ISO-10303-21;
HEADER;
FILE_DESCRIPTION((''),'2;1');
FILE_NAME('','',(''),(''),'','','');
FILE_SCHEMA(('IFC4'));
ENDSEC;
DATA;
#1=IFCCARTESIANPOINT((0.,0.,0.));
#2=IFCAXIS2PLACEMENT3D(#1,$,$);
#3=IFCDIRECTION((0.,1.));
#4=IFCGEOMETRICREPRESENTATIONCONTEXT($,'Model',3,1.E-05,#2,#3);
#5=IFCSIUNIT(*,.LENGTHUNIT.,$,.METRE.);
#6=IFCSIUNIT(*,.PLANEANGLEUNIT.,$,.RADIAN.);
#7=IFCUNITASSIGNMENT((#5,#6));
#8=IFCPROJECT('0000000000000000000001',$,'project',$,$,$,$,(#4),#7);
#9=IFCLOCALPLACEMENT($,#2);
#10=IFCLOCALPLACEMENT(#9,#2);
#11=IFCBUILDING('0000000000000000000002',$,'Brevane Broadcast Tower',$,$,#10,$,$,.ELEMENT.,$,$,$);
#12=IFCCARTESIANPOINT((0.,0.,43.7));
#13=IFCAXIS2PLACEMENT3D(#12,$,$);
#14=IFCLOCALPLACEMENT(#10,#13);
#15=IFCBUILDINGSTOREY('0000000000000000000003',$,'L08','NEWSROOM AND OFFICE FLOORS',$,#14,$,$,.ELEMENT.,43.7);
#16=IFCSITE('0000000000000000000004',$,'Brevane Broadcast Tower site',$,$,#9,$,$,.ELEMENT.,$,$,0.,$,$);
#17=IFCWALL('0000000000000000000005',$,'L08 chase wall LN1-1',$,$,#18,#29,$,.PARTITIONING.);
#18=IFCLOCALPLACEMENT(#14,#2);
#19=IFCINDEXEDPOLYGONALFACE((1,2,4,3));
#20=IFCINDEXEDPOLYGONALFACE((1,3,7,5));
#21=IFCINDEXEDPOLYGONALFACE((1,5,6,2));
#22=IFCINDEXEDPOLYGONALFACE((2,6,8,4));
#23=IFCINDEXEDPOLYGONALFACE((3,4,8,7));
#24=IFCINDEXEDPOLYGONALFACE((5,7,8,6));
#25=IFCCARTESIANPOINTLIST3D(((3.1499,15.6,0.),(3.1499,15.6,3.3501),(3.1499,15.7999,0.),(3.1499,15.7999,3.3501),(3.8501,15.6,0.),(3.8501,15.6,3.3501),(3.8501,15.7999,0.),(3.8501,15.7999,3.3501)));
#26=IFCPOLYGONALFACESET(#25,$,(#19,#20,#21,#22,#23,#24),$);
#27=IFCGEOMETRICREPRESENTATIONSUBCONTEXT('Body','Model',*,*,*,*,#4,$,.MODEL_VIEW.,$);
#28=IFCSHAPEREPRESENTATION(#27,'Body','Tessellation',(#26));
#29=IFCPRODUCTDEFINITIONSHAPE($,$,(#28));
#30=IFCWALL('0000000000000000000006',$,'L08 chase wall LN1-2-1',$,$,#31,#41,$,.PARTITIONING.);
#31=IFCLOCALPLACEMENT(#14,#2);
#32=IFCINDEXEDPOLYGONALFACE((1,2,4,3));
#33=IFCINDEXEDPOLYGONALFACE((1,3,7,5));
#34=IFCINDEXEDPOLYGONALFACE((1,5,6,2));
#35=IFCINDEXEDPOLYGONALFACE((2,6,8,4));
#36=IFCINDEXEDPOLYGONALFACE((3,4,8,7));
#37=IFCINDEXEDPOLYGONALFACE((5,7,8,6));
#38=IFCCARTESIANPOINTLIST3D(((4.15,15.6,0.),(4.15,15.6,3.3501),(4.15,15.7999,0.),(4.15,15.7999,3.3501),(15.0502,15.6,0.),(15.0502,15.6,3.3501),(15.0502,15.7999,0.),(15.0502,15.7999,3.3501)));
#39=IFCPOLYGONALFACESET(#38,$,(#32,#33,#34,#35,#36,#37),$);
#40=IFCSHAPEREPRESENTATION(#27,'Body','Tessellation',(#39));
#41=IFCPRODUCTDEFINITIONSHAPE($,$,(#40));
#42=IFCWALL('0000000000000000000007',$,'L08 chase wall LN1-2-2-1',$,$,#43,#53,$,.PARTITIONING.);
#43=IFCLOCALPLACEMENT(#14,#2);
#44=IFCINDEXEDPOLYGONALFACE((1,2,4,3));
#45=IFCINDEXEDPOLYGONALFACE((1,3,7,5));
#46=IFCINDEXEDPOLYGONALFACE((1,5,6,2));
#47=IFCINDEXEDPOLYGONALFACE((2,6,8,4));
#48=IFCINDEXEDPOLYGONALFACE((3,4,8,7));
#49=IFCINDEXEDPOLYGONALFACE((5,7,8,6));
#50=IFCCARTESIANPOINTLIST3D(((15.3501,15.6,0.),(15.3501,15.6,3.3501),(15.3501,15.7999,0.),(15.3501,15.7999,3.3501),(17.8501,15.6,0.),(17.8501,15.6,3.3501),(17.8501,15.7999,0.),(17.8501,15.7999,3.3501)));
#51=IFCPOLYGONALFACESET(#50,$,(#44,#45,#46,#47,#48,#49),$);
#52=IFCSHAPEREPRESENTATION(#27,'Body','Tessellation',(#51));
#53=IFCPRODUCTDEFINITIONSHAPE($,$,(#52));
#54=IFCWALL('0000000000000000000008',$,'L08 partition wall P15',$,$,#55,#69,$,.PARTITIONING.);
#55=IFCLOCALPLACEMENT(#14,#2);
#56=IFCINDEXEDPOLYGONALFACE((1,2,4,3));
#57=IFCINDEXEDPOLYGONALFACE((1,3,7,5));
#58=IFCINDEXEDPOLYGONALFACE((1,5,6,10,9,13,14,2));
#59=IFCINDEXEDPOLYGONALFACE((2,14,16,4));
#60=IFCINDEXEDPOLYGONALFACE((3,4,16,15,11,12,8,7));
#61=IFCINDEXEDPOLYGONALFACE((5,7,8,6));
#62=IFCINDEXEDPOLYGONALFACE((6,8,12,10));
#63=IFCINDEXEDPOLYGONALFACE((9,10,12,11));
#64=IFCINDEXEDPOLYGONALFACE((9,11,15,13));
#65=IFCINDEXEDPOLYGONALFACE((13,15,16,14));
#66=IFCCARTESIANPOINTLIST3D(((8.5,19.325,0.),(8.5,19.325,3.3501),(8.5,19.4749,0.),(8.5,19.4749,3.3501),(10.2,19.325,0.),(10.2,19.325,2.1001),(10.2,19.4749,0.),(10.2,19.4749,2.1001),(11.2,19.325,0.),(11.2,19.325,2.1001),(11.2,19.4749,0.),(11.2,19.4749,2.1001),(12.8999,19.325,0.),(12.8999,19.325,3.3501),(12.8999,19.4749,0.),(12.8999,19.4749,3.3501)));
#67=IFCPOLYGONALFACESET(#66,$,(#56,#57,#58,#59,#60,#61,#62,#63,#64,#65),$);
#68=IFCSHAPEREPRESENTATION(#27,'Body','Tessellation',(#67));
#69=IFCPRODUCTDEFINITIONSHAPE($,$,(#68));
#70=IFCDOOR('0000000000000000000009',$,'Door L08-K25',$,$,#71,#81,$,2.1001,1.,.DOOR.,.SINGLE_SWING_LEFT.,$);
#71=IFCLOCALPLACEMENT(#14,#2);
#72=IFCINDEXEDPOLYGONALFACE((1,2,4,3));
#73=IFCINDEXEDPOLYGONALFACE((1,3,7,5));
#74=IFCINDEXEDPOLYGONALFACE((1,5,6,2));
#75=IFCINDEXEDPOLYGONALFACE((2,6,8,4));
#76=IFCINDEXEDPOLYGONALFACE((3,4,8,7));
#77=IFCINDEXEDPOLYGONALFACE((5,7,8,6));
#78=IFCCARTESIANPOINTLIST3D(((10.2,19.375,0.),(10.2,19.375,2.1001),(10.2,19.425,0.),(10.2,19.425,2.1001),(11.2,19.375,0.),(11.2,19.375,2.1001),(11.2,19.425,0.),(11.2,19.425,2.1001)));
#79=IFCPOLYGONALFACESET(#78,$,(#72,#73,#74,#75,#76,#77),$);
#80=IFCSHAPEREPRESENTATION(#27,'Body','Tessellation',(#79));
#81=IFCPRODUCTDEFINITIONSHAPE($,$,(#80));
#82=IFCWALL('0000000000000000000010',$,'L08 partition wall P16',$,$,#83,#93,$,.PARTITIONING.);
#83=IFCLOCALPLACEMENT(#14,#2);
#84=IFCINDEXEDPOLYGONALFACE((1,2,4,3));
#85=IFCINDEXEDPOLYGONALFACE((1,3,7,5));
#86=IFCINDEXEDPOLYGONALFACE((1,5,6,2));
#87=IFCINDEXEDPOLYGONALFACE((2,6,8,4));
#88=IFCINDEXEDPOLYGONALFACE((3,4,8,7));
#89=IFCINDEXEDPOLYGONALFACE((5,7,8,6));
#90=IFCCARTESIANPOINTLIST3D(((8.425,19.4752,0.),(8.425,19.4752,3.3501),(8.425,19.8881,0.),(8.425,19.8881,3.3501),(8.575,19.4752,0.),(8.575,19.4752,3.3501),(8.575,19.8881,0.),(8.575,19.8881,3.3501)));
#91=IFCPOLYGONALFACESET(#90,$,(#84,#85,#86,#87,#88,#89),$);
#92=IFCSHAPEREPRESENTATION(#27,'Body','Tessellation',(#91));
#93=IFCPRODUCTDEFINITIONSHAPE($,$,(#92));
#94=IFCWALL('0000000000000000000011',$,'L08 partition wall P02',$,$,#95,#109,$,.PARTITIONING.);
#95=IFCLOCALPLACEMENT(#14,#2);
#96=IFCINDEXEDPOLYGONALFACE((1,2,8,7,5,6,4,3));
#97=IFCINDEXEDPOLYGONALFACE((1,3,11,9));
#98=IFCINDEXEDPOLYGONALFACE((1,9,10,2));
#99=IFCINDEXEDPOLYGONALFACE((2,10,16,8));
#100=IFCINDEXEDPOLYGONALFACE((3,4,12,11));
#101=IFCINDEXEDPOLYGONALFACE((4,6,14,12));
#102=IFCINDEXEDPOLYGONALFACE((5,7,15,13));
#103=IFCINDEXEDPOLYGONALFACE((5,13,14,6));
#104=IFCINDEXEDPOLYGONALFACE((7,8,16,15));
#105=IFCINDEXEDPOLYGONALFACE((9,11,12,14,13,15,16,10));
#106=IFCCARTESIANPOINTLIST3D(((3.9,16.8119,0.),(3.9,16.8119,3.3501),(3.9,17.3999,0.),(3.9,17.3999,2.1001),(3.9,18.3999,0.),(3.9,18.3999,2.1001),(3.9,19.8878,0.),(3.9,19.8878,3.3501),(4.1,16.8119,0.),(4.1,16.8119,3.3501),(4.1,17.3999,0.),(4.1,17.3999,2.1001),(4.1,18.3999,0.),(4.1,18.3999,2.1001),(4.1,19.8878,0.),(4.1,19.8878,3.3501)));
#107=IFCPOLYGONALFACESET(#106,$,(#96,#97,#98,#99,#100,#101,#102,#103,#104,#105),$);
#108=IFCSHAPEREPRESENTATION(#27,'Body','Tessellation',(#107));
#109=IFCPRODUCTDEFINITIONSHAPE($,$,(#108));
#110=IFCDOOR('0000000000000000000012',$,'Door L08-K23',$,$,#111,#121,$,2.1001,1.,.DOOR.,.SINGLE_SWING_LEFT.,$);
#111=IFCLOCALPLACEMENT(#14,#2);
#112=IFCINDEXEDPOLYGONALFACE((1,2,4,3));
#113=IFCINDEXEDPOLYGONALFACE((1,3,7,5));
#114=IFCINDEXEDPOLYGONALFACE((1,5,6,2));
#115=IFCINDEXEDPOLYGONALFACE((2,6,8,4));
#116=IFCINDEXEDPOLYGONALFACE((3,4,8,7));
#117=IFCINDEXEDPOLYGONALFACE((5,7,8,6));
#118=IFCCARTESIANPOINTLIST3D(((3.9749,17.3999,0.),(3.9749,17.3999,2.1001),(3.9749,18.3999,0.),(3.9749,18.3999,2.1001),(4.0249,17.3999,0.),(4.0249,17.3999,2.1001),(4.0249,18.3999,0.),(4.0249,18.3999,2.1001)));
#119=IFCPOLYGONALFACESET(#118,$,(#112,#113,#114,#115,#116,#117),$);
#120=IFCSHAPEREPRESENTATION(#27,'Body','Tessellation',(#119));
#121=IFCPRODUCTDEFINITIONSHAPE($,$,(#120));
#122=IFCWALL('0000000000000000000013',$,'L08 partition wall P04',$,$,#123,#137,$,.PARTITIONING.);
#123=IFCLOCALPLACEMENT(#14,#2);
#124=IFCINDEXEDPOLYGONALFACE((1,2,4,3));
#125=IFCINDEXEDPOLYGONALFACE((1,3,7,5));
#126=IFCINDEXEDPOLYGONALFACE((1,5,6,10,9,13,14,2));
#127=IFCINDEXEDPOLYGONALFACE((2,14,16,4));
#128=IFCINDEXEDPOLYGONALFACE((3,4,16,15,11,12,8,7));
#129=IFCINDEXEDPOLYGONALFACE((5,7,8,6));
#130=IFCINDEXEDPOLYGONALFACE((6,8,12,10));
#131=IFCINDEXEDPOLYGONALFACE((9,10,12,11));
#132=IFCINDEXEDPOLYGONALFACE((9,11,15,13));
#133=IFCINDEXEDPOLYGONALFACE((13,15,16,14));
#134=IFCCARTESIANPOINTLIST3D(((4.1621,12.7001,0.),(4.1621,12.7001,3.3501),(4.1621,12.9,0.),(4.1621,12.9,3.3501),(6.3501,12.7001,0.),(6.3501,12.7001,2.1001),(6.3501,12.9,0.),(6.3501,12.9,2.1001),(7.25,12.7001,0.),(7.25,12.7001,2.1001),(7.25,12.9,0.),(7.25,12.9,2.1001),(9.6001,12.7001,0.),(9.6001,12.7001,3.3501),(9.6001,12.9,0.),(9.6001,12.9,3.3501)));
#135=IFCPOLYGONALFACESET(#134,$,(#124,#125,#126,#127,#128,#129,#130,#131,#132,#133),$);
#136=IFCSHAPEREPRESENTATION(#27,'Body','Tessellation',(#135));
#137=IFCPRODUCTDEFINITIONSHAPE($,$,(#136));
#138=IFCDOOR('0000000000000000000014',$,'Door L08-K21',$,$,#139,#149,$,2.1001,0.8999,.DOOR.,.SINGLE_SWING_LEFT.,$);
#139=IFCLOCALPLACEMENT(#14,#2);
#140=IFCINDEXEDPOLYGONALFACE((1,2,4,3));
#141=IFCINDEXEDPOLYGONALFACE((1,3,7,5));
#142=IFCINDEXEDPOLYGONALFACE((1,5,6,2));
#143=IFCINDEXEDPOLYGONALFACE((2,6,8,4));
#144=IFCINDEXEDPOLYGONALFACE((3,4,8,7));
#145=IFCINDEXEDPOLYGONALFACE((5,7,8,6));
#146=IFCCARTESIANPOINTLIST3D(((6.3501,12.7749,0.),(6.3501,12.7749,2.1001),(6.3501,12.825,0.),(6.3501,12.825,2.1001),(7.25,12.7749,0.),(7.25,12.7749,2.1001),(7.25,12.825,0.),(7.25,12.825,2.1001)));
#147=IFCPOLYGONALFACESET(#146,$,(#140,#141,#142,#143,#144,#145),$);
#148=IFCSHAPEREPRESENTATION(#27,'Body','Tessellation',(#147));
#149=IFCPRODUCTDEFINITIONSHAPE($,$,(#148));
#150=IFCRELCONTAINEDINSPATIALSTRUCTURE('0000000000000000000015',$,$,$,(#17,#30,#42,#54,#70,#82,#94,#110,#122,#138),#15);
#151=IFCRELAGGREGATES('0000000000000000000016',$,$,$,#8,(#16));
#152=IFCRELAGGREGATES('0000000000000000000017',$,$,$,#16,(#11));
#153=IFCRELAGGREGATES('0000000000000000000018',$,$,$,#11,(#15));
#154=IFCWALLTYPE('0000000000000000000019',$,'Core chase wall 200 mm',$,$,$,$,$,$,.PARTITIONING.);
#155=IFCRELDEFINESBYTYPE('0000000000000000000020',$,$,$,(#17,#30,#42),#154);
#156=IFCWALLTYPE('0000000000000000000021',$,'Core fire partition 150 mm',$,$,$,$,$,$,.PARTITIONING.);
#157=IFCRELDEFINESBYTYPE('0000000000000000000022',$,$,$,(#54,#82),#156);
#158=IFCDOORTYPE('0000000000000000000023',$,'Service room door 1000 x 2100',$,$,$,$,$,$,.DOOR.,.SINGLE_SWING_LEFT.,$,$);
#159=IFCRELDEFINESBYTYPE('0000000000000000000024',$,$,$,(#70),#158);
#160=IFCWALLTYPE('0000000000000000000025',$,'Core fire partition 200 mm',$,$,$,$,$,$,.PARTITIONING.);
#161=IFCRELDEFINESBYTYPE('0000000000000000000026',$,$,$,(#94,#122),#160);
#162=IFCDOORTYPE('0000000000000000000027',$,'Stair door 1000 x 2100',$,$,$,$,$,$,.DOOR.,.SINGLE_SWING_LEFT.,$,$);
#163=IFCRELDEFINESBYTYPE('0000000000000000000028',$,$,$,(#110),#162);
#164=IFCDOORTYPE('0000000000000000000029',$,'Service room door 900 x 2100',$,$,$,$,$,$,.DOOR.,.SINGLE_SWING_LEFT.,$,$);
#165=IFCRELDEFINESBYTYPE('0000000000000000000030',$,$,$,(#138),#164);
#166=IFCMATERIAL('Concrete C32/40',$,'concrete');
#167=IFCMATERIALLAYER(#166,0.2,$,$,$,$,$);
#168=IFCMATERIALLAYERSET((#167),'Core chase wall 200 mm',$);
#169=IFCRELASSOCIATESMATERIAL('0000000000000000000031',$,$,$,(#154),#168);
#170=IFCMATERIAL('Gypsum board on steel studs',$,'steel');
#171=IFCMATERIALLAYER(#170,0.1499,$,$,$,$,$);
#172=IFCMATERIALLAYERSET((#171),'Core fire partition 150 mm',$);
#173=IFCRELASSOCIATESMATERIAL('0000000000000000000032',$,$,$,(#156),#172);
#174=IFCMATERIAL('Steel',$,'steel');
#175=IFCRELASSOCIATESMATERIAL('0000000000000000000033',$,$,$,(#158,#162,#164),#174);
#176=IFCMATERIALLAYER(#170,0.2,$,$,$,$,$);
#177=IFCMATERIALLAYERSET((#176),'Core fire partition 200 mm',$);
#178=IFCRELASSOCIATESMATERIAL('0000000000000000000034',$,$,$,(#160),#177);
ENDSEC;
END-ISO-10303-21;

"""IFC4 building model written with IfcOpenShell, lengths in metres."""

from ifc_helpers import new_model, si_unit, direction, frame, frame_2d, origin, place, context, subcontext, project, spatial, rectangle, extrude, material, layer, layer_set, type_object, element, fill, save


model = new_model("IFC4")

# Units and contexts
model_context = context("Model", 3, precision=1e-05, world=origin(), true_north=direction((0.0, 1.0)))
body_context = subcontext(model_context, "Body", "Model", "MODEL_VIEW")
ifc_project = project(units=[si_unit("LENGTHUNIT", "METRE"), si_unit("PLANEANGLEUNIT", "RADIAN")], contexts=[model_context])

# Site, building, storey
site_placement = place(None, origin())
site = spatial("IfcSite", under=ifc_project, at=site_placement, Name="Brevane Broadcast Tower site", CompositionType="ELEMENT", RefElevation=0.0)
building_placement = place(site_placement, origin())
building = spatial("IfcBuilding", under=site, at=building_placement, Name="Brevane Broadcast Tower", CompositionType="ELEMENT")
storey_placement = place(building_placement, frame((0.0, 0.0, 43.7)))
storey = spatial("IfcBuildingStorey", under=building, at=storey_placement, Name="L08", Description="NEWSROOM AND OFFICE FLOORS", CompositionType="ELEMENT", Elevation=43.7)

# Walls
ifc_material_1 = material(Name="Concrete C32/40", Category="concrete")
ifc_layer_1 = layer(ifc_material_1, 0.2)
ifc_layer_set_1 = layer_set([ifc_layer_1], Name="Core chase wall 200 mm")
wall_type_1 = type_object("IfcWallType", Name="Core chase wall 200 mm", PredefinedType="PARTITIONING", material=ifc_layer_set_1)
wall_1_placement = place(storey_placement, frame((3.1499, 15.7, 0.0), z_axis=(0.0, 0.0, 1.0), x_axis=(1.0, 0.0, 0.0)))
element("IfcWall", 1, at=wall_1_placement, inside=storey, type_object=wall_type_1, Name="L08 chase wall LN1-1", PredefinedType="PARTITIONING", context=body_context, shape_type="SweptSolid", body=[
    extrude(rectangle(XDim=0.7002, YDim=0.2, at=frame_2d((0.3501, 0.0))), origin(), (0.0, 0.0, 1.0), 3.3501),
])
wall_2_placement = place(storey_placement, frame((4.1499, 15.7, 0.0), z_axis=(0.0, 0.0, 1.0), x_axis=(1.0, 0.0, 0.0)))
element("IfcWall", 2, at=wall_2_placement, inside=storey, type_object=wall_type_1, Name="L08 chase wall LN1-2-1", PredefinedType="PARTITIONING", context=body_context, shape_type="SweptSolid", body=[
    extrude(rectangle(XDim=10.9001, YDim=0.2, at=frame_2d((5.4502, 0.0))), origin(), (0.0, 0.0, 1.0), 3.3501),
])
wall_3_placement = place(storey_placement, frame((15.3501, 15.7, 0.0), z_axis=(0.0, 0.0, 1.0), x_axis=(1.0, 0.0, 0.0)))
element("IfcWall", 3, at=wall_3_placement, inside=storey, type_object=wall_type_1, Name="L08 chase wall LN1-2-2-1", PredefinedType="PARTITIONING", context=body_context, shape_type="SweptSolid", body=[
    extrude(rectangle(XDim=2.5, YDim=0.2, at=frame_2d((1.25, 0.0))), origin(), (0.0, 0.0, 1.0), 3.3501),
])

# Wall, opening, door
ifc_material_2 = material(Name="Gypsum board on steel studs", Category="steel")
ifc_layer_2 = layer(ifc_material_2, 0.1499)
ifc_layer_set_2 = layer_set([ifc_layer_2], Name="Core fire partition 150 mm")
wall_type_2 = type_object("IfcWallType", Name="Core fire partition 150 mm", PredefinedType="PARTITIONING", material=ifc_layer_set_2)
wall_4_placement = place(storey_placement, frame((12.8999, 19.3999, 0.0), z_axis=(0.0, 0.0, 1.0), x_axis=(-1.0, 0.0, 0.0)))
wall_4 = element("IfcWall", 4, at=wall_4_placement, inside=storey, type_object=wall_type_2, Name="L08 partition wall P15", PredefinedType="PARTITIONING", context=body_context, shape_type="SweptSolid", body=[
    extrude(rectangle(XDim=4.3999, YDim=0.1499, at=frame_2d((2.2, 0.0))), origin(), (0.0, 0.0, 1.0), 3.3501),
])
opening_1_placement = place(wall_4_placement, frame((1.7, 0.0, 0.0)))
opening_1 = element("IfcOpeningElement", 5, at=opening_1_placement, cuts=wall_4, PredefinedType="OPENING", context=body_context, shape_type="SweptSolid", body=[
    extrude(rectangle(XDim=1.0, YDim=2.1001, at=frame_2d((0.5, 1.05))), frame((0.0, 0.085, 0.0), z_axis=(0.0, -1.0, 0.0), x_axis=(1.0, 0.0, 0.0)), (0.0, 0.0, 1.0), 0.1699),
])
ifc_material_3 = material(Name="Steel", Category="steel")
door_type_1 = type_object("IfcDoorType", Name="Service room door 1000 x 2100", OperationType="SINGLE_SWING_LEFT", PredefinedType="DOOR", material=ifc_material_3)
door_1_placement = place(opening_1_placement, origin())
door_1 = element("IfcDoor", 6, at=door_1_placement, inside=storey, type_object=door_type_1, Name="Door L08-K25", OperationType="SINGLE_SWING_LEFT", OverallHeight=2.1001, OverallWidth=1.0, PredefinedType="DOOR", context=body_context, shape_type="SweptSolid", body=[
    extrude(rectangle(XDim=1.0, YDim=2.1001, at=frame_2d((0.5, 1.05))), frame((0.0, 0.0249, 0.0), z_axis=(0.0, -1.0, 0.0), x_axis=(1.0, 0.0, 0.0)), (0.0, 0.0, 1.0), 0.05),
])
fill(opening_1, door_1)

# Wall
wall_5_placement = place(storey_placement, frame((8.5, 19.4751, 0.0), z_axis=(0.0, 0.0, 1.0), x_axis=(0.0, 1.0, 0.0)))
element("IfcWall", 7, at=wall_5_placement, inside=storey, type_object=wall_type_2, Name="L08 partition wall P16", PredefinedType="PARTITIONING", context=body_context, shape_type="SweptSolid", body=[
    extrude(rectangle(XDim=0.4128, YDim=0.1499, at=frame_2d((0.2065, 0.0))), origin(), (0.0, 0.0, 1.0), 3.3501),
])

# Walls, openings, doors
ifc_layer_3 = layer(ifc_material_2, 0.2)
ifc_layer_set_3 = layer_set([ifc_layer_3], Name="Core fire partition 200 mm")
wall_type_3 = type_object("IfcWallType", Name="Core fire partition 200 mm", PredefinedType="PARTITIONING", material=ifc_layer_set_3)
wall_6_placement = place(storey_placement, frame((4.0, 19.8879, 0.0), z_axis=(0.0, 0.0, 1.0), x_axis=(0.0, -1.0, 0.0)))
wall_6 = element("IfcWall", 8, at=wall_6_placement, inside=storey, type_object=wall_type_3, Name="L08 partition wall P02", PredefinedType="PARTITIONING", context=body_context, shape_type="SweptSolid", body=[
    extrude(rectangle(XDim=3.0759, YDim=0.2, at=frame_2d((1.5381, 0.0))), origin(), (0.0, 0.0, 1.0), 3.3501),
])
opening_2_placement = place(wall_6_placement, frame((1.488, 0.0, 0.0)))
opening_2 = element("IfcOpeningElement", 9, at=opening_2_placement, cuts=wall_6, PredefinedType="OPENING", context=body_context, shape_type="SweptSolid", body=[
    extrude(rectangle(XDim=1.0, YDim=2.1001, at=frame_2d((0.5, 1.05))), frame((0.0, 0.1099, 0.0), z_axis=(0.0, -1.0, 0.0), x_axis=(1.0, 0.0, 0.0)), (0.0, 0.0, 1.0), 0.22),
])
door_type_2 = type_object("IfcDoorType", Name="Stair door 1000 x 2100", OperationType="SINGLE_SWING_LEFT", PredefinedType="DOOR", material=ifc_material_3)
door_2_placement = place(opening_2_placement, origin())
door_2 = element("IfcDoor", 10, at=door_2_placement, inside=storey, type_object=door_type_2, Name="Door L08-K23", OperationType="SINGLE_SWING_LEFT", OverallHeight=2.1001, OverallWidth=1.0, PredefinedType="DOOR", context=body_context, shape_type="SweptSolid", body=[
    extrude(rectangle(XDim=1.0, YDim=2.1001, at=frame_2d((0.5, 1.05))), frame((0.0, 0.0249, 0.0), z_axis=(0.0, -1.0, 0.0), x_axis=(1.0, 0.0, 0.0)), (0.0, 0.0, 1.0), 0.05),
])
fill(opening_2, door_2)
wall_7_placement = place(storey_placement, frame((4.1621, 12.8, 0.0), z_axis=(0.0, 0.0, 1.0), x_axis=(1.0, 0.0, 0.0)))
wall_7 = element("IfcWall", 11, at=wall_7_placement, inside=storey, type_object=wall_type_3, Name="L08 partition wall P04", PredefinedType="PARTITIONING", context=body_context, shape_type="SweptSolid", body=[
    extrude(rectangle(XDim=5.438, YDim=0.2, at=frame_2d((2.719, 0.0))), origin(), (0.0, 0.0, 1.0), 3.3501),
])
opening_3_placement = place(wall_7_placement, frame((2.188, 0.0, 0.0)))
opening_3 = element("IfcOpeningElement", 12, at=opening_3_placement, cuts=wall_7, PredefinedType="OPENING", context=body_context, shape_type="SweptSolid", body=[
    extrude(rectangle(XDim=0.8999, YDim=2.1001, at=frame_2d((0.45, 1.05))), frame((0.0, 0.1099, 0.0), z_axis=(0.0, -1.0, 0.0), x_axis=(1.0, 0.0, 0.0)), (0.0, 0.0, 1.0), 0.22),
])
door_type_3 = type_object("IfcDoorType", Name="Service room door 900 x 2100", OperationType="SINGLE_SWING_LEFT", PredefinedType="DOOR", material=ifc_material_3)
door_3_placement = place(opening_3_placement, origin())
door_3 = element("IfcDoor", 13, at=door_3_placement, inside=storey, type_object=door_type_3, Name="Door L08-K21", OperationType="SINGLE_SWING_LEFT", OverallHeight=2.1001, OverallWidth=0.8999, PredefinedType="DOOR", context=body_context, shape_type="SweptSolid", body=[
    extrude(rectangle(XDim=0.8999, YDim=2.1001, at=frame_2d((0.45, 1.05))), frame((0.0, 0.0249, 0.0), z_axis=(0.0, -1.0, 0.0), x_axis=(1.0, 0.0, 0.0)), (0.0, 0.0, 1.0), 0.05),
])
fill(opening_3, door_3)

save(model, "model.ifc")
